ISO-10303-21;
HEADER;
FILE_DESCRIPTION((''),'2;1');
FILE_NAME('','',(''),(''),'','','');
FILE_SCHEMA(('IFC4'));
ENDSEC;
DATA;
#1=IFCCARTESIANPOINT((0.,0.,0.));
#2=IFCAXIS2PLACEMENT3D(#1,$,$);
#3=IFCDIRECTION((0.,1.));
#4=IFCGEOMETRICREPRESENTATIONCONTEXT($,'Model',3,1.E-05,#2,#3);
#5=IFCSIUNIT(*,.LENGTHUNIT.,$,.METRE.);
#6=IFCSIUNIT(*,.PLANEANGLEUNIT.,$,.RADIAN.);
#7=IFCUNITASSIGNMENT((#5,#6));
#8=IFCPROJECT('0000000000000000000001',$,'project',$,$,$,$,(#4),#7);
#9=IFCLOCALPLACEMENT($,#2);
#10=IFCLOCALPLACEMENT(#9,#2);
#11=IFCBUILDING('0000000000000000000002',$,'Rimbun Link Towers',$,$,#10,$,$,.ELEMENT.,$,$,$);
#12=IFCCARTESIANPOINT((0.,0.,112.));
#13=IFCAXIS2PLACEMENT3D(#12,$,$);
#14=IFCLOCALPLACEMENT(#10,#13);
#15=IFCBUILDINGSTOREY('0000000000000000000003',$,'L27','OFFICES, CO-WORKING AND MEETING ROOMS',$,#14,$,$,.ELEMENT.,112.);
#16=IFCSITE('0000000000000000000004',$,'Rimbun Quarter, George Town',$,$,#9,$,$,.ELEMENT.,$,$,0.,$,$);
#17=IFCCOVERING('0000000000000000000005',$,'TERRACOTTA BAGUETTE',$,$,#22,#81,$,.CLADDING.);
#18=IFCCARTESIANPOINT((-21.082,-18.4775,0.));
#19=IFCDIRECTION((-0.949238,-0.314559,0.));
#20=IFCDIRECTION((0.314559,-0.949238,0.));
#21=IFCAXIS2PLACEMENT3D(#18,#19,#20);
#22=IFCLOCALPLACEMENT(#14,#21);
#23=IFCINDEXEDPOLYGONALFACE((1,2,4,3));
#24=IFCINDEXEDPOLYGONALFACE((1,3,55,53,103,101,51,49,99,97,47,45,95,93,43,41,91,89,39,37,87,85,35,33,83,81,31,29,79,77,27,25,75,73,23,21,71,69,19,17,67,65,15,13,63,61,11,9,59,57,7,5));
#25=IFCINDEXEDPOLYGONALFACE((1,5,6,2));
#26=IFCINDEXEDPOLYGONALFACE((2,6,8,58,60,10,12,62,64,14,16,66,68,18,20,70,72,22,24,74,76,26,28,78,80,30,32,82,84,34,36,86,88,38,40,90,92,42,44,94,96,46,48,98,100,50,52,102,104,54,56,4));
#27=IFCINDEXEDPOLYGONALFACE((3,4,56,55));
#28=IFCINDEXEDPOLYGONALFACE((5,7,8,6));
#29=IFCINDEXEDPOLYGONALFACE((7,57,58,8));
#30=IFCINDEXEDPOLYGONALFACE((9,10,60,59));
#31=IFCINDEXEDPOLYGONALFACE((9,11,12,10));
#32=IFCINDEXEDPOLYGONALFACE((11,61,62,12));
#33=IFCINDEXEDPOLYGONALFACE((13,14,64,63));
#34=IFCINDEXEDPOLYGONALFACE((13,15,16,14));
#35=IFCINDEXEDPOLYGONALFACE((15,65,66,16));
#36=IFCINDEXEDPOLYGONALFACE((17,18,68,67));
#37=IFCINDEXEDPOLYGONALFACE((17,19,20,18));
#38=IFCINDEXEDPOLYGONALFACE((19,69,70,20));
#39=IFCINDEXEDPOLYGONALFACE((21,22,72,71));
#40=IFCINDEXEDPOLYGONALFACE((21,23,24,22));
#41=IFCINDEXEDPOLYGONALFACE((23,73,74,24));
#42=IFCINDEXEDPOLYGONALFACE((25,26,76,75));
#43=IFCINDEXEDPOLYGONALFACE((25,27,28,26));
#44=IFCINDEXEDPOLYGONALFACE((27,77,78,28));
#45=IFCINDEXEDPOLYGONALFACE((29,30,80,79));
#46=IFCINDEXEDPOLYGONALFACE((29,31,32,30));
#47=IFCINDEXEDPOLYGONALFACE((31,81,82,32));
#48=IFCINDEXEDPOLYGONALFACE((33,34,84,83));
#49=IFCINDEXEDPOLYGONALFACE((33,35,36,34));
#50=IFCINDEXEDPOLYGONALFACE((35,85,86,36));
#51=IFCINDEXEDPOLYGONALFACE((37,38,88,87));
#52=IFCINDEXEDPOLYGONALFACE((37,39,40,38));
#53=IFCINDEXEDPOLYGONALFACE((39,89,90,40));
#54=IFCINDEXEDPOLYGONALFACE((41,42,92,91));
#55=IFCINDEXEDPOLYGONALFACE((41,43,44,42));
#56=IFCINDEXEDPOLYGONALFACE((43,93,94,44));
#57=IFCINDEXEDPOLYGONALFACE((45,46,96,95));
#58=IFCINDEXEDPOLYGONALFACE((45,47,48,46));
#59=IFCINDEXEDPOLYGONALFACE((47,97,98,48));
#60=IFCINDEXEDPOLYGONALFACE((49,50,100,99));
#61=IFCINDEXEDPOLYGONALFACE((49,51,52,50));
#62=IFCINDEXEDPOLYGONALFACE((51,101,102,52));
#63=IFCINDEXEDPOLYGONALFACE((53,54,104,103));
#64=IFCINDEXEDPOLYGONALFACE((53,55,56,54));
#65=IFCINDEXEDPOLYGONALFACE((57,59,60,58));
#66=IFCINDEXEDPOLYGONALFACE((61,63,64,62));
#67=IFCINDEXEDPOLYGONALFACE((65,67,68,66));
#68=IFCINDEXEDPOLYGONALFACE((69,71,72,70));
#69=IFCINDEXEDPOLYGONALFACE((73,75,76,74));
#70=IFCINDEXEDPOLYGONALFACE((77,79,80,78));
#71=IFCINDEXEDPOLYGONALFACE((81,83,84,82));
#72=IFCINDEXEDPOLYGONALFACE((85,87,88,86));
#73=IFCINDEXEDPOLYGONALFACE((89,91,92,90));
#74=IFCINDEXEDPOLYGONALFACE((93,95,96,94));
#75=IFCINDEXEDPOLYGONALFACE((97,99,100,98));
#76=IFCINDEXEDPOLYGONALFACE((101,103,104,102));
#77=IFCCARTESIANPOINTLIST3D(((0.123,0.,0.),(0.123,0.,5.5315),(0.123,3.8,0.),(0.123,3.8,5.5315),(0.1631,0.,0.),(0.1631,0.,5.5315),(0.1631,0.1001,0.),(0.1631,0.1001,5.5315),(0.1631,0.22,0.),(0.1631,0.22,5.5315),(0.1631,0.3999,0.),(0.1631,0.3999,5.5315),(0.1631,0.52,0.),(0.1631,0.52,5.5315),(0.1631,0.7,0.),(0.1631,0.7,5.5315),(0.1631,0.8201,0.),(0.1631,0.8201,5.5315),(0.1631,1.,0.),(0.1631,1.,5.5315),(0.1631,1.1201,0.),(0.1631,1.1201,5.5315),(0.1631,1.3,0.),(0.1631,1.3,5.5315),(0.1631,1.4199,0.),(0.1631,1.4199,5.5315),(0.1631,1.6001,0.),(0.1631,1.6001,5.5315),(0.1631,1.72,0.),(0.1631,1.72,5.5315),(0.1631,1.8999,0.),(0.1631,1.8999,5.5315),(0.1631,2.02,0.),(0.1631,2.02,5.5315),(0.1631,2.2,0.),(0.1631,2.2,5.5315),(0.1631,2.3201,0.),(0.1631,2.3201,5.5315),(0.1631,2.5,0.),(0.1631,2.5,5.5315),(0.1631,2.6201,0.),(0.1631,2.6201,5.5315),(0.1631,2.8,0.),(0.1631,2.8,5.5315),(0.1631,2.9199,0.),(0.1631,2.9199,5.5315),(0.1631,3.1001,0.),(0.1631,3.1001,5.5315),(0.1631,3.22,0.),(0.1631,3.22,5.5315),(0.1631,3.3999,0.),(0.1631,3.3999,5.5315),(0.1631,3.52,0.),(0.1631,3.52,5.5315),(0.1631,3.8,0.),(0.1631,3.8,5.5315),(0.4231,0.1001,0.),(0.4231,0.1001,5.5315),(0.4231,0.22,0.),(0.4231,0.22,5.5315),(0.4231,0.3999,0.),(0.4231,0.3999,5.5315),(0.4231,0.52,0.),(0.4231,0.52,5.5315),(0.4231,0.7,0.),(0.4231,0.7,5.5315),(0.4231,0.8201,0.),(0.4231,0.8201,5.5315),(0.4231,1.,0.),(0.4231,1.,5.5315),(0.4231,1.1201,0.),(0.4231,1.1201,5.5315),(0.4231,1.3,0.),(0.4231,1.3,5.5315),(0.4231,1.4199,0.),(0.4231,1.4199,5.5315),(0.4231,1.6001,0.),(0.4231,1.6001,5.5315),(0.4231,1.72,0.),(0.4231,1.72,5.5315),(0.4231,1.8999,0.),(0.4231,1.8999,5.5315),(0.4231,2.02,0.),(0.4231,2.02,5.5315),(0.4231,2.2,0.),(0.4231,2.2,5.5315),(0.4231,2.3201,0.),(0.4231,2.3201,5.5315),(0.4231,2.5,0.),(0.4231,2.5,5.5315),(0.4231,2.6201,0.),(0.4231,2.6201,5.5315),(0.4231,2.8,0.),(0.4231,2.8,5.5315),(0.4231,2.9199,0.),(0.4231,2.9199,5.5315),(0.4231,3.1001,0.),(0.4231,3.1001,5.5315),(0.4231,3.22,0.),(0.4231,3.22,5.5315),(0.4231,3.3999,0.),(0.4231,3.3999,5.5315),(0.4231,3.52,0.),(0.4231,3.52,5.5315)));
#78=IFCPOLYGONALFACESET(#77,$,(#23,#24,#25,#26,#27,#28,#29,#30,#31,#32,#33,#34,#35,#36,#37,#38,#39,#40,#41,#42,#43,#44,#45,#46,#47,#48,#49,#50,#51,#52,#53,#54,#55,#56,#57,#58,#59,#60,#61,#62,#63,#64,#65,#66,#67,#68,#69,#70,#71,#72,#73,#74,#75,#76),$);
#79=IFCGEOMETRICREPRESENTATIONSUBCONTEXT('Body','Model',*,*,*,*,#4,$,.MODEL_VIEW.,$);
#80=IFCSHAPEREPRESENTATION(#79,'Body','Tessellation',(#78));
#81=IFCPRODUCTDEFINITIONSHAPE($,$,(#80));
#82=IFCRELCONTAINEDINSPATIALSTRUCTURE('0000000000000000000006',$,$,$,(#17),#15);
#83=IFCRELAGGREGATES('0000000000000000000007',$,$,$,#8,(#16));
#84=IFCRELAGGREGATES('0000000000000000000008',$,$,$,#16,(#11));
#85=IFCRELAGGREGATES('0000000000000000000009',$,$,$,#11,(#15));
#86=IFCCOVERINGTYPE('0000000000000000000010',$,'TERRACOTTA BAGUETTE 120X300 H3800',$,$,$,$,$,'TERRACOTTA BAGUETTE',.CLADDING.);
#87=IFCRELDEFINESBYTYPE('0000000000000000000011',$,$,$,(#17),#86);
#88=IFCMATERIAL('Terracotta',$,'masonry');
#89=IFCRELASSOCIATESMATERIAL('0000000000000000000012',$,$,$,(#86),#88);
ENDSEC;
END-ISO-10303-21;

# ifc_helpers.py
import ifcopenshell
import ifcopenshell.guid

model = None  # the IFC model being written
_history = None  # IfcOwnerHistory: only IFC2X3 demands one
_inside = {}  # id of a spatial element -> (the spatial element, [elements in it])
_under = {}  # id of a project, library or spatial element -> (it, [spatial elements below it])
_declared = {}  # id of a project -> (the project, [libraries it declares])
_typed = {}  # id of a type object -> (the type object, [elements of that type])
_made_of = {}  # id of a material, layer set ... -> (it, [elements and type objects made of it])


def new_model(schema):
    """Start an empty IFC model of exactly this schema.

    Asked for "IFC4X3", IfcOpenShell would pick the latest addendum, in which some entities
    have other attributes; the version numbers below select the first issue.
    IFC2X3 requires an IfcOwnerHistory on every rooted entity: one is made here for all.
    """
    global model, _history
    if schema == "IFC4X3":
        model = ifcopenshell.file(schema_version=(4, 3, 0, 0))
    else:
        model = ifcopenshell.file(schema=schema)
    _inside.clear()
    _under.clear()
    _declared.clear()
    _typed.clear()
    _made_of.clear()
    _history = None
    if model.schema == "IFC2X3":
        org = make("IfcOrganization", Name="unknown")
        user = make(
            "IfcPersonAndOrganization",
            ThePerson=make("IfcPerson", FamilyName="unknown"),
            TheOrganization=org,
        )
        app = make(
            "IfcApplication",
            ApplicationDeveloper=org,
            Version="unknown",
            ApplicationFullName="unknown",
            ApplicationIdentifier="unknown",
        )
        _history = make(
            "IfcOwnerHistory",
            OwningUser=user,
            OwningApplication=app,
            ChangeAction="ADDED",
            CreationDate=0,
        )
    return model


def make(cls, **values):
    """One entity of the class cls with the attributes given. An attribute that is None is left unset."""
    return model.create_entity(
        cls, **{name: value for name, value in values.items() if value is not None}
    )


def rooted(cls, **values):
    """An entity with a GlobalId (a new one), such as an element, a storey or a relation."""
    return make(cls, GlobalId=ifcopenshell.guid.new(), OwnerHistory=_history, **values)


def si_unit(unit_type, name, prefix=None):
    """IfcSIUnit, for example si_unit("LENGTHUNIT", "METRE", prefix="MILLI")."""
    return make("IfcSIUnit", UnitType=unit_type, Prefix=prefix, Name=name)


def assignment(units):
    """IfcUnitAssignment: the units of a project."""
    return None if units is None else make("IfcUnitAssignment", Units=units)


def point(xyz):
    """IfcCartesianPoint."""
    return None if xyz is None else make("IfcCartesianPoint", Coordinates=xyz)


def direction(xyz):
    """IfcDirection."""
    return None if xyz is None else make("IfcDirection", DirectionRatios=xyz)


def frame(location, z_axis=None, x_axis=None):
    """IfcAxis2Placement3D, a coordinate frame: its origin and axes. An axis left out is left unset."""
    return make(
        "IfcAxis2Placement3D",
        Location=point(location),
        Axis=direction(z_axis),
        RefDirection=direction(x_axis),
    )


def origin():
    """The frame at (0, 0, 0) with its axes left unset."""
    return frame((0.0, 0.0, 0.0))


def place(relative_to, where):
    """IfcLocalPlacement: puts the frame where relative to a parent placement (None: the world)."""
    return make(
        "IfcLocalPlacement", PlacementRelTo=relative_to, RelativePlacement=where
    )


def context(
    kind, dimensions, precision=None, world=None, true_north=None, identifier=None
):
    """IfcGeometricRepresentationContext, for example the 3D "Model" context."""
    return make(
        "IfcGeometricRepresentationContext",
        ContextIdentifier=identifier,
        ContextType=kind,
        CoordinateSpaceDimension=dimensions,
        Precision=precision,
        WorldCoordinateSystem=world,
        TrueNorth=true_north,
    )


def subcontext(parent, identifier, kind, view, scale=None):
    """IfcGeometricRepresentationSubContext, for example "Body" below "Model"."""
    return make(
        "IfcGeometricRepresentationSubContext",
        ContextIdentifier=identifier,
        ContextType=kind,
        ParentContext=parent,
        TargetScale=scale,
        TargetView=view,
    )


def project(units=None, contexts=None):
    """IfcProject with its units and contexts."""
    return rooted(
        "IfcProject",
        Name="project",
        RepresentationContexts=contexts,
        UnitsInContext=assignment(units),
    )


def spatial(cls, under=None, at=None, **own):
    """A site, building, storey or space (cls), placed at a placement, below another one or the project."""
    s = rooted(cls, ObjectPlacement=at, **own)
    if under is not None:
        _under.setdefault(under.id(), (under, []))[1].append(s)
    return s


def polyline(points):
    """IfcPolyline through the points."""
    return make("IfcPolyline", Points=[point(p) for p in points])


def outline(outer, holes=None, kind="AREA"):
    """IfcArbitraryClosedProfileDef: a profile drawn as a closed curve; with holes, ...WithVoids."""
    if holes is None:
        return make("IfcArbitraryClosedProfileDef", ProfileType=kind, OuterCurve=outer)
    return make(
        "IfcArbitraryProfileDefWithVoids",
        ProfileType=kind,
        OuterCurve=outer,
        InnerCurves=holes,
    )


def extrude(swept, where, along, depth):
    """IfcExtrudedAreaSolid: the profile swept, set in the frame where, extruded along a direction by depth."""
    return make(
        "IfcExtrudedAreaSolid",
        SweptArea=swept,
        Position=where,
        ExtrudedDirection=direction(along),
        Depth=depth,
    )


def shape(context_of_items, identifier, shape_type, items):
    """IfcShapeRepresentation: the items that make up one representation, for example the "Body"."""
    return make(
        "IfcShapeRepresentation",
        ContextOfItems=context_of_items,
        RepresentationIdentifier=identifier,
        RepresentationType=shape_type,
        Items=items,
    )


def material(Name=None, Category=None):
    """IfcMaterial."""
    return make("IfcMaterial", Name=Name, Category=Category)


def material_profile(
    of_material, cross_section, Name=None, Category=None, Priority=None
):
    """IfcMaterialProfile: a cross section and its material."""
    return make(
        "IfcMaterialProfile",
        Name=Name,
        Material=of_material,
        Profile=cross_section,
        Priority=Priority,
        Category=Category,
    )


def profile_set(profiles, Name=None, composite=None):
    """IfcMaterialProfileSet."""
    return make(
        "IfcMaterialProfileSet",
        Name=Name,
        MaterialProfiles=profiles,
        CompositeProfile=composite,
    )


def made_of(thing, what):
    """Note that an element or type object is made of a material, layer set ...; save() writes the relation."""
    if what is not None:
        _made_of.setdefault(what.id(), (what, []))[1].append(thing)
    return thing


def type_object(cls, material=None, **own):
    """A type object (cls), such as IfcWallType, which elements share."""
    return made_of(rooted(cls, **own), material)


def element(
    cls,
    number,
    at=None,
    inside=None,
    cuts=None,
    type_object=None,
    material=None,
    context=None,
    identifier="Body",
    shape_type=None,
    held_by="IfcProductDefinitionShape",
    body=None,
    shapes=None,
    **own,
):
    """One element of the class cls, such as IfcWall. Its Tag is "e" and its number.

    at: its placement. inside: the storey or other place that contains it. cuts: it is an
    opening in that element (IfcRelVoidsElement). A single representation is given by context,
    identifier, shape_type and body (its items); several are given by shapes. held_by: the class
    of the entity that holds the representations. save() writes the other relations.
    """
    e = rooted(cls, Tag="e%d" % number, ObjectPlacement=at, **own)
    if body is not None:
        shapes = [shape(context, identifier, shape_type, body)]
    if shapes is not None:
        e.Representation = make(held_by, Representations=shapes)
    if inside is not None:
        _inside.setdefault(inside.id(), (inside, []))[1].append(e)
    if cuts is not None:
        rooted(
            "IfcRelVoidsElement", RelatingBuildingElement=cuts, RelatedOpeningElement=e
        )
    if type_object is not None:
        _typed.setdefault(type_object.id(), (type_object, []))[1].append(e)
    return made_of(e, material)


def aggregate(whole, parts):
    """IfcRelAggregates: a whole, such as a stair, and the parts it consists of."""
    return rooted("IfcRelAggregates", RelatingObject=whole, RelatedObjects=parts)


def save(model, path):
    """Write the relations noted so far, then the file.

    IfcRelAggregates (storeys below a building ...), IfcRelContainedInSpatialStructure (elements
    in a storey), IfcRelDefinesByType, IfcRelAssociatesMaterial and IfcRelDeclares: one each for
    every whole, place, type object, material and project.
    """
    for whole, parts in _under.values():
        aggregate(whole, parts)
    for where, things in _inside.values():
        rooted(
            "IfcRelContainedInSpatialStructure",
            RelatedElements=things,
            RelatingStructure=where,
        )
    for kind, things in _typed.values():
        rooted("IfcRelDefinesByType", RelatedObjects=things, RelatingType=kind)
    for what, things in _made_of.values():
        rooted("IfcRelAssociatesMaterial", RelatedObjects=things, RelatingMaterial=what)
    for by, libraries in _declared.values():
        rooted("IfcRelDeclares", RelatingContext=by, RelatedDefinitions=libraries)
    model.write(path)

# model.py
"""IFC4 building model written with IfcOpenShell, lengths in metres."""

from ifc_helpers import new_model, si_unit, direction, frame, origin, place, context, subcontext, project, spatial, polyline, outline, extrude, material, material_profile, profile_set, type_object, element, save


model = new_model("IFC4")

# Units and contexts
model_context = context("Model", 3, precision=1e-05, world=origin(), true_north=direction((0.0, 1.0)))
body_context = subcontext(model_context, "Body", "Model", "MODEL_VIEW")
ifc_project = project(units=[si_unit("LENGTHUNIT", "METRE"), si_unit("PLANEANGLEUNIT", "RADIAN")], contexts=[model_context])

# Site, building, storey
site_placement = place(None, origin())
site = spatial("IfcSite", under=ifc_project, at=site_placement, Name="Rimbun Quarter, George Town", CompositionType="ELEMENT", RefElevation=0.0)
building_placement = place(site_placement, origin())
building = spatial("IfcBuilding", under=site, at=building_placement, Name="Rimbun Link Towers", CompositionType="ELEMENT")
storey_placement = place(building_placement, frame((0.0, 0.0, 112.0)))
storey = spatial("IfcBuildingStorey", under=building, at=storey_placement, Name="L27", Description="OFFICES, CO-WORKING AND MEETING ROOMS", CompositionType="ELEMENT", Elevation=112.0)

# Covering
ifc_material_1 = material(Name="Terracotta", Category="masonry")
ifc_material_profile_1 = material_profile(ifc_material_1, outline(polyline([(0.123, 0.0), (0.1631, 0.0), (0.1631, 0.1001), (0.4231, 0.1001), (0.4231, 0.22), (0.1631, 0.22), (0.1631, 0.3999), (0.4231, 0.3999), (0.4231, 0.52), (0.1631, 0.52), (0.1631, 0.7), (0.4231, 0.7), (0.4231, 0.8201), (0.1631, 0.8201), (0.1631, 1.0), (0.4231, 1.0), (0.4231, 1.1201), (0.1631, 1.1201), (0.1631, 1.3), (0.4231, 1.3), (0.4231, 1.4199), (0.1631, 1.4199), (0.1631, 1.6001), (0.4231, 1.6001), (0.4231, 1.72), (0.1631, 1.72), (0.1631, 1.8999), (0.4231, 1.8999), (0.4231, 2.02), (0.1631, 2.02), (0.1631, 2.2), (0.4231, 2.2), (0.4231, 2.3201), (0.1631, 2.3201), (0.1631, 2.5), (0.4231, 2.5), (0.4231, 2.6201), (0.1631, 2.6201), (0.1631, 2.8), (0.4231, 2.8), (0.4231, 2.9199), (0.1631, 2.9199), (0.1631, 3.1001), (0.4231, 3.1001), (0.4231, 3.22), (0.1631, 3.22), (0.1631, 3.3999), (0.4231, 3.3999), (0.4231, 3.52), (0.1631, 3.52), (0.1631, 3.8), (0.123, 3.8), (0.123, 0.0)])), Name="BAGUETTE 120X300")
ifc_profile_set_1 = profile_set([ifc_material_profile_1], Name="Terracotta")
covering_type = type_object("IfcCoveringType", Name="TERRACOTTA BAGUETTE 120X300 H3800", ElementType="TERRACOTTA BAGUETTE", PredefinedType="CLADDING", material=ifc_profile_set_1)
covering_1_placement = place(storey_placement, frame((-21.082, -18.4775, 0.0), z_axis=(-0.949238, -0.314559, 0.0), x_axis=(0.314559, -0.949238, 0.0)))
element("IfcCovering", 1, at=covering_1_placement, inside=storey, type_object=covering_type, Name="TERRACOTTA BAGUETTE", PredefinedType="CLADDING", context=body_context, shape_type="SweptSolid", body=[
    extrude(outline(polyline([(0.123, 0.0), (0.1631, 0.0), (0.1631, 0.1001), (0.4231, 0.1001), (0.4231, 0.22), (0.1631, 0.22), (0.1631, 0.3999), (0.4231, 0.3999), (0.4231, 0.52), (0.1631, 0.52), (0.1631, 0.7), (0.4231, 0.7), (0.4231, 0.8201), (0.1631, 0.8201), (0.1631, 1.0), (0.4231, 1.0), (0.4231, 1.1201), (0.1631, 1.1201), (0.1631, 1.3), (0.4231, 1.3), (0.4231, 1.4199), (0.1631, 1.4199), (0.1631, 1.6001), (0.4231, 1.6001), (0.4231, 1.72), (0.1631, 1.72), (0.1631, 1.8999), (0.4231, 1.8999), (0.4231, 2.02), (0.1631, 2.02), (0.1631, 2.2), (0.4231, 2.2), (0.4231, 2.3201), (0.1631, 2.3201), (0.1631, 2.5), (0.4231, 2.5), (0.4231, 2.6201), (0.1631, 2.6201), (0.1631, 2.8), (0.4231, 2.8), (0.4231, 2.9199), (0.1631, 2.9199), (0.1631, 3.1001), (0.4231, 3.1001), (0.4231, 3.22), (0.1631, 3.22), (0.1631, 3.3999), (0.4231, 3.3999), (0.4231, 3.52), (0.1631, 3.52), (0.1631, 3.8), (0.123, 3.8), (0.123, 0.0)])), origin(), (0.0, 0.0, 1.0), 5.5315),
])

save(model, "model.ifc")
